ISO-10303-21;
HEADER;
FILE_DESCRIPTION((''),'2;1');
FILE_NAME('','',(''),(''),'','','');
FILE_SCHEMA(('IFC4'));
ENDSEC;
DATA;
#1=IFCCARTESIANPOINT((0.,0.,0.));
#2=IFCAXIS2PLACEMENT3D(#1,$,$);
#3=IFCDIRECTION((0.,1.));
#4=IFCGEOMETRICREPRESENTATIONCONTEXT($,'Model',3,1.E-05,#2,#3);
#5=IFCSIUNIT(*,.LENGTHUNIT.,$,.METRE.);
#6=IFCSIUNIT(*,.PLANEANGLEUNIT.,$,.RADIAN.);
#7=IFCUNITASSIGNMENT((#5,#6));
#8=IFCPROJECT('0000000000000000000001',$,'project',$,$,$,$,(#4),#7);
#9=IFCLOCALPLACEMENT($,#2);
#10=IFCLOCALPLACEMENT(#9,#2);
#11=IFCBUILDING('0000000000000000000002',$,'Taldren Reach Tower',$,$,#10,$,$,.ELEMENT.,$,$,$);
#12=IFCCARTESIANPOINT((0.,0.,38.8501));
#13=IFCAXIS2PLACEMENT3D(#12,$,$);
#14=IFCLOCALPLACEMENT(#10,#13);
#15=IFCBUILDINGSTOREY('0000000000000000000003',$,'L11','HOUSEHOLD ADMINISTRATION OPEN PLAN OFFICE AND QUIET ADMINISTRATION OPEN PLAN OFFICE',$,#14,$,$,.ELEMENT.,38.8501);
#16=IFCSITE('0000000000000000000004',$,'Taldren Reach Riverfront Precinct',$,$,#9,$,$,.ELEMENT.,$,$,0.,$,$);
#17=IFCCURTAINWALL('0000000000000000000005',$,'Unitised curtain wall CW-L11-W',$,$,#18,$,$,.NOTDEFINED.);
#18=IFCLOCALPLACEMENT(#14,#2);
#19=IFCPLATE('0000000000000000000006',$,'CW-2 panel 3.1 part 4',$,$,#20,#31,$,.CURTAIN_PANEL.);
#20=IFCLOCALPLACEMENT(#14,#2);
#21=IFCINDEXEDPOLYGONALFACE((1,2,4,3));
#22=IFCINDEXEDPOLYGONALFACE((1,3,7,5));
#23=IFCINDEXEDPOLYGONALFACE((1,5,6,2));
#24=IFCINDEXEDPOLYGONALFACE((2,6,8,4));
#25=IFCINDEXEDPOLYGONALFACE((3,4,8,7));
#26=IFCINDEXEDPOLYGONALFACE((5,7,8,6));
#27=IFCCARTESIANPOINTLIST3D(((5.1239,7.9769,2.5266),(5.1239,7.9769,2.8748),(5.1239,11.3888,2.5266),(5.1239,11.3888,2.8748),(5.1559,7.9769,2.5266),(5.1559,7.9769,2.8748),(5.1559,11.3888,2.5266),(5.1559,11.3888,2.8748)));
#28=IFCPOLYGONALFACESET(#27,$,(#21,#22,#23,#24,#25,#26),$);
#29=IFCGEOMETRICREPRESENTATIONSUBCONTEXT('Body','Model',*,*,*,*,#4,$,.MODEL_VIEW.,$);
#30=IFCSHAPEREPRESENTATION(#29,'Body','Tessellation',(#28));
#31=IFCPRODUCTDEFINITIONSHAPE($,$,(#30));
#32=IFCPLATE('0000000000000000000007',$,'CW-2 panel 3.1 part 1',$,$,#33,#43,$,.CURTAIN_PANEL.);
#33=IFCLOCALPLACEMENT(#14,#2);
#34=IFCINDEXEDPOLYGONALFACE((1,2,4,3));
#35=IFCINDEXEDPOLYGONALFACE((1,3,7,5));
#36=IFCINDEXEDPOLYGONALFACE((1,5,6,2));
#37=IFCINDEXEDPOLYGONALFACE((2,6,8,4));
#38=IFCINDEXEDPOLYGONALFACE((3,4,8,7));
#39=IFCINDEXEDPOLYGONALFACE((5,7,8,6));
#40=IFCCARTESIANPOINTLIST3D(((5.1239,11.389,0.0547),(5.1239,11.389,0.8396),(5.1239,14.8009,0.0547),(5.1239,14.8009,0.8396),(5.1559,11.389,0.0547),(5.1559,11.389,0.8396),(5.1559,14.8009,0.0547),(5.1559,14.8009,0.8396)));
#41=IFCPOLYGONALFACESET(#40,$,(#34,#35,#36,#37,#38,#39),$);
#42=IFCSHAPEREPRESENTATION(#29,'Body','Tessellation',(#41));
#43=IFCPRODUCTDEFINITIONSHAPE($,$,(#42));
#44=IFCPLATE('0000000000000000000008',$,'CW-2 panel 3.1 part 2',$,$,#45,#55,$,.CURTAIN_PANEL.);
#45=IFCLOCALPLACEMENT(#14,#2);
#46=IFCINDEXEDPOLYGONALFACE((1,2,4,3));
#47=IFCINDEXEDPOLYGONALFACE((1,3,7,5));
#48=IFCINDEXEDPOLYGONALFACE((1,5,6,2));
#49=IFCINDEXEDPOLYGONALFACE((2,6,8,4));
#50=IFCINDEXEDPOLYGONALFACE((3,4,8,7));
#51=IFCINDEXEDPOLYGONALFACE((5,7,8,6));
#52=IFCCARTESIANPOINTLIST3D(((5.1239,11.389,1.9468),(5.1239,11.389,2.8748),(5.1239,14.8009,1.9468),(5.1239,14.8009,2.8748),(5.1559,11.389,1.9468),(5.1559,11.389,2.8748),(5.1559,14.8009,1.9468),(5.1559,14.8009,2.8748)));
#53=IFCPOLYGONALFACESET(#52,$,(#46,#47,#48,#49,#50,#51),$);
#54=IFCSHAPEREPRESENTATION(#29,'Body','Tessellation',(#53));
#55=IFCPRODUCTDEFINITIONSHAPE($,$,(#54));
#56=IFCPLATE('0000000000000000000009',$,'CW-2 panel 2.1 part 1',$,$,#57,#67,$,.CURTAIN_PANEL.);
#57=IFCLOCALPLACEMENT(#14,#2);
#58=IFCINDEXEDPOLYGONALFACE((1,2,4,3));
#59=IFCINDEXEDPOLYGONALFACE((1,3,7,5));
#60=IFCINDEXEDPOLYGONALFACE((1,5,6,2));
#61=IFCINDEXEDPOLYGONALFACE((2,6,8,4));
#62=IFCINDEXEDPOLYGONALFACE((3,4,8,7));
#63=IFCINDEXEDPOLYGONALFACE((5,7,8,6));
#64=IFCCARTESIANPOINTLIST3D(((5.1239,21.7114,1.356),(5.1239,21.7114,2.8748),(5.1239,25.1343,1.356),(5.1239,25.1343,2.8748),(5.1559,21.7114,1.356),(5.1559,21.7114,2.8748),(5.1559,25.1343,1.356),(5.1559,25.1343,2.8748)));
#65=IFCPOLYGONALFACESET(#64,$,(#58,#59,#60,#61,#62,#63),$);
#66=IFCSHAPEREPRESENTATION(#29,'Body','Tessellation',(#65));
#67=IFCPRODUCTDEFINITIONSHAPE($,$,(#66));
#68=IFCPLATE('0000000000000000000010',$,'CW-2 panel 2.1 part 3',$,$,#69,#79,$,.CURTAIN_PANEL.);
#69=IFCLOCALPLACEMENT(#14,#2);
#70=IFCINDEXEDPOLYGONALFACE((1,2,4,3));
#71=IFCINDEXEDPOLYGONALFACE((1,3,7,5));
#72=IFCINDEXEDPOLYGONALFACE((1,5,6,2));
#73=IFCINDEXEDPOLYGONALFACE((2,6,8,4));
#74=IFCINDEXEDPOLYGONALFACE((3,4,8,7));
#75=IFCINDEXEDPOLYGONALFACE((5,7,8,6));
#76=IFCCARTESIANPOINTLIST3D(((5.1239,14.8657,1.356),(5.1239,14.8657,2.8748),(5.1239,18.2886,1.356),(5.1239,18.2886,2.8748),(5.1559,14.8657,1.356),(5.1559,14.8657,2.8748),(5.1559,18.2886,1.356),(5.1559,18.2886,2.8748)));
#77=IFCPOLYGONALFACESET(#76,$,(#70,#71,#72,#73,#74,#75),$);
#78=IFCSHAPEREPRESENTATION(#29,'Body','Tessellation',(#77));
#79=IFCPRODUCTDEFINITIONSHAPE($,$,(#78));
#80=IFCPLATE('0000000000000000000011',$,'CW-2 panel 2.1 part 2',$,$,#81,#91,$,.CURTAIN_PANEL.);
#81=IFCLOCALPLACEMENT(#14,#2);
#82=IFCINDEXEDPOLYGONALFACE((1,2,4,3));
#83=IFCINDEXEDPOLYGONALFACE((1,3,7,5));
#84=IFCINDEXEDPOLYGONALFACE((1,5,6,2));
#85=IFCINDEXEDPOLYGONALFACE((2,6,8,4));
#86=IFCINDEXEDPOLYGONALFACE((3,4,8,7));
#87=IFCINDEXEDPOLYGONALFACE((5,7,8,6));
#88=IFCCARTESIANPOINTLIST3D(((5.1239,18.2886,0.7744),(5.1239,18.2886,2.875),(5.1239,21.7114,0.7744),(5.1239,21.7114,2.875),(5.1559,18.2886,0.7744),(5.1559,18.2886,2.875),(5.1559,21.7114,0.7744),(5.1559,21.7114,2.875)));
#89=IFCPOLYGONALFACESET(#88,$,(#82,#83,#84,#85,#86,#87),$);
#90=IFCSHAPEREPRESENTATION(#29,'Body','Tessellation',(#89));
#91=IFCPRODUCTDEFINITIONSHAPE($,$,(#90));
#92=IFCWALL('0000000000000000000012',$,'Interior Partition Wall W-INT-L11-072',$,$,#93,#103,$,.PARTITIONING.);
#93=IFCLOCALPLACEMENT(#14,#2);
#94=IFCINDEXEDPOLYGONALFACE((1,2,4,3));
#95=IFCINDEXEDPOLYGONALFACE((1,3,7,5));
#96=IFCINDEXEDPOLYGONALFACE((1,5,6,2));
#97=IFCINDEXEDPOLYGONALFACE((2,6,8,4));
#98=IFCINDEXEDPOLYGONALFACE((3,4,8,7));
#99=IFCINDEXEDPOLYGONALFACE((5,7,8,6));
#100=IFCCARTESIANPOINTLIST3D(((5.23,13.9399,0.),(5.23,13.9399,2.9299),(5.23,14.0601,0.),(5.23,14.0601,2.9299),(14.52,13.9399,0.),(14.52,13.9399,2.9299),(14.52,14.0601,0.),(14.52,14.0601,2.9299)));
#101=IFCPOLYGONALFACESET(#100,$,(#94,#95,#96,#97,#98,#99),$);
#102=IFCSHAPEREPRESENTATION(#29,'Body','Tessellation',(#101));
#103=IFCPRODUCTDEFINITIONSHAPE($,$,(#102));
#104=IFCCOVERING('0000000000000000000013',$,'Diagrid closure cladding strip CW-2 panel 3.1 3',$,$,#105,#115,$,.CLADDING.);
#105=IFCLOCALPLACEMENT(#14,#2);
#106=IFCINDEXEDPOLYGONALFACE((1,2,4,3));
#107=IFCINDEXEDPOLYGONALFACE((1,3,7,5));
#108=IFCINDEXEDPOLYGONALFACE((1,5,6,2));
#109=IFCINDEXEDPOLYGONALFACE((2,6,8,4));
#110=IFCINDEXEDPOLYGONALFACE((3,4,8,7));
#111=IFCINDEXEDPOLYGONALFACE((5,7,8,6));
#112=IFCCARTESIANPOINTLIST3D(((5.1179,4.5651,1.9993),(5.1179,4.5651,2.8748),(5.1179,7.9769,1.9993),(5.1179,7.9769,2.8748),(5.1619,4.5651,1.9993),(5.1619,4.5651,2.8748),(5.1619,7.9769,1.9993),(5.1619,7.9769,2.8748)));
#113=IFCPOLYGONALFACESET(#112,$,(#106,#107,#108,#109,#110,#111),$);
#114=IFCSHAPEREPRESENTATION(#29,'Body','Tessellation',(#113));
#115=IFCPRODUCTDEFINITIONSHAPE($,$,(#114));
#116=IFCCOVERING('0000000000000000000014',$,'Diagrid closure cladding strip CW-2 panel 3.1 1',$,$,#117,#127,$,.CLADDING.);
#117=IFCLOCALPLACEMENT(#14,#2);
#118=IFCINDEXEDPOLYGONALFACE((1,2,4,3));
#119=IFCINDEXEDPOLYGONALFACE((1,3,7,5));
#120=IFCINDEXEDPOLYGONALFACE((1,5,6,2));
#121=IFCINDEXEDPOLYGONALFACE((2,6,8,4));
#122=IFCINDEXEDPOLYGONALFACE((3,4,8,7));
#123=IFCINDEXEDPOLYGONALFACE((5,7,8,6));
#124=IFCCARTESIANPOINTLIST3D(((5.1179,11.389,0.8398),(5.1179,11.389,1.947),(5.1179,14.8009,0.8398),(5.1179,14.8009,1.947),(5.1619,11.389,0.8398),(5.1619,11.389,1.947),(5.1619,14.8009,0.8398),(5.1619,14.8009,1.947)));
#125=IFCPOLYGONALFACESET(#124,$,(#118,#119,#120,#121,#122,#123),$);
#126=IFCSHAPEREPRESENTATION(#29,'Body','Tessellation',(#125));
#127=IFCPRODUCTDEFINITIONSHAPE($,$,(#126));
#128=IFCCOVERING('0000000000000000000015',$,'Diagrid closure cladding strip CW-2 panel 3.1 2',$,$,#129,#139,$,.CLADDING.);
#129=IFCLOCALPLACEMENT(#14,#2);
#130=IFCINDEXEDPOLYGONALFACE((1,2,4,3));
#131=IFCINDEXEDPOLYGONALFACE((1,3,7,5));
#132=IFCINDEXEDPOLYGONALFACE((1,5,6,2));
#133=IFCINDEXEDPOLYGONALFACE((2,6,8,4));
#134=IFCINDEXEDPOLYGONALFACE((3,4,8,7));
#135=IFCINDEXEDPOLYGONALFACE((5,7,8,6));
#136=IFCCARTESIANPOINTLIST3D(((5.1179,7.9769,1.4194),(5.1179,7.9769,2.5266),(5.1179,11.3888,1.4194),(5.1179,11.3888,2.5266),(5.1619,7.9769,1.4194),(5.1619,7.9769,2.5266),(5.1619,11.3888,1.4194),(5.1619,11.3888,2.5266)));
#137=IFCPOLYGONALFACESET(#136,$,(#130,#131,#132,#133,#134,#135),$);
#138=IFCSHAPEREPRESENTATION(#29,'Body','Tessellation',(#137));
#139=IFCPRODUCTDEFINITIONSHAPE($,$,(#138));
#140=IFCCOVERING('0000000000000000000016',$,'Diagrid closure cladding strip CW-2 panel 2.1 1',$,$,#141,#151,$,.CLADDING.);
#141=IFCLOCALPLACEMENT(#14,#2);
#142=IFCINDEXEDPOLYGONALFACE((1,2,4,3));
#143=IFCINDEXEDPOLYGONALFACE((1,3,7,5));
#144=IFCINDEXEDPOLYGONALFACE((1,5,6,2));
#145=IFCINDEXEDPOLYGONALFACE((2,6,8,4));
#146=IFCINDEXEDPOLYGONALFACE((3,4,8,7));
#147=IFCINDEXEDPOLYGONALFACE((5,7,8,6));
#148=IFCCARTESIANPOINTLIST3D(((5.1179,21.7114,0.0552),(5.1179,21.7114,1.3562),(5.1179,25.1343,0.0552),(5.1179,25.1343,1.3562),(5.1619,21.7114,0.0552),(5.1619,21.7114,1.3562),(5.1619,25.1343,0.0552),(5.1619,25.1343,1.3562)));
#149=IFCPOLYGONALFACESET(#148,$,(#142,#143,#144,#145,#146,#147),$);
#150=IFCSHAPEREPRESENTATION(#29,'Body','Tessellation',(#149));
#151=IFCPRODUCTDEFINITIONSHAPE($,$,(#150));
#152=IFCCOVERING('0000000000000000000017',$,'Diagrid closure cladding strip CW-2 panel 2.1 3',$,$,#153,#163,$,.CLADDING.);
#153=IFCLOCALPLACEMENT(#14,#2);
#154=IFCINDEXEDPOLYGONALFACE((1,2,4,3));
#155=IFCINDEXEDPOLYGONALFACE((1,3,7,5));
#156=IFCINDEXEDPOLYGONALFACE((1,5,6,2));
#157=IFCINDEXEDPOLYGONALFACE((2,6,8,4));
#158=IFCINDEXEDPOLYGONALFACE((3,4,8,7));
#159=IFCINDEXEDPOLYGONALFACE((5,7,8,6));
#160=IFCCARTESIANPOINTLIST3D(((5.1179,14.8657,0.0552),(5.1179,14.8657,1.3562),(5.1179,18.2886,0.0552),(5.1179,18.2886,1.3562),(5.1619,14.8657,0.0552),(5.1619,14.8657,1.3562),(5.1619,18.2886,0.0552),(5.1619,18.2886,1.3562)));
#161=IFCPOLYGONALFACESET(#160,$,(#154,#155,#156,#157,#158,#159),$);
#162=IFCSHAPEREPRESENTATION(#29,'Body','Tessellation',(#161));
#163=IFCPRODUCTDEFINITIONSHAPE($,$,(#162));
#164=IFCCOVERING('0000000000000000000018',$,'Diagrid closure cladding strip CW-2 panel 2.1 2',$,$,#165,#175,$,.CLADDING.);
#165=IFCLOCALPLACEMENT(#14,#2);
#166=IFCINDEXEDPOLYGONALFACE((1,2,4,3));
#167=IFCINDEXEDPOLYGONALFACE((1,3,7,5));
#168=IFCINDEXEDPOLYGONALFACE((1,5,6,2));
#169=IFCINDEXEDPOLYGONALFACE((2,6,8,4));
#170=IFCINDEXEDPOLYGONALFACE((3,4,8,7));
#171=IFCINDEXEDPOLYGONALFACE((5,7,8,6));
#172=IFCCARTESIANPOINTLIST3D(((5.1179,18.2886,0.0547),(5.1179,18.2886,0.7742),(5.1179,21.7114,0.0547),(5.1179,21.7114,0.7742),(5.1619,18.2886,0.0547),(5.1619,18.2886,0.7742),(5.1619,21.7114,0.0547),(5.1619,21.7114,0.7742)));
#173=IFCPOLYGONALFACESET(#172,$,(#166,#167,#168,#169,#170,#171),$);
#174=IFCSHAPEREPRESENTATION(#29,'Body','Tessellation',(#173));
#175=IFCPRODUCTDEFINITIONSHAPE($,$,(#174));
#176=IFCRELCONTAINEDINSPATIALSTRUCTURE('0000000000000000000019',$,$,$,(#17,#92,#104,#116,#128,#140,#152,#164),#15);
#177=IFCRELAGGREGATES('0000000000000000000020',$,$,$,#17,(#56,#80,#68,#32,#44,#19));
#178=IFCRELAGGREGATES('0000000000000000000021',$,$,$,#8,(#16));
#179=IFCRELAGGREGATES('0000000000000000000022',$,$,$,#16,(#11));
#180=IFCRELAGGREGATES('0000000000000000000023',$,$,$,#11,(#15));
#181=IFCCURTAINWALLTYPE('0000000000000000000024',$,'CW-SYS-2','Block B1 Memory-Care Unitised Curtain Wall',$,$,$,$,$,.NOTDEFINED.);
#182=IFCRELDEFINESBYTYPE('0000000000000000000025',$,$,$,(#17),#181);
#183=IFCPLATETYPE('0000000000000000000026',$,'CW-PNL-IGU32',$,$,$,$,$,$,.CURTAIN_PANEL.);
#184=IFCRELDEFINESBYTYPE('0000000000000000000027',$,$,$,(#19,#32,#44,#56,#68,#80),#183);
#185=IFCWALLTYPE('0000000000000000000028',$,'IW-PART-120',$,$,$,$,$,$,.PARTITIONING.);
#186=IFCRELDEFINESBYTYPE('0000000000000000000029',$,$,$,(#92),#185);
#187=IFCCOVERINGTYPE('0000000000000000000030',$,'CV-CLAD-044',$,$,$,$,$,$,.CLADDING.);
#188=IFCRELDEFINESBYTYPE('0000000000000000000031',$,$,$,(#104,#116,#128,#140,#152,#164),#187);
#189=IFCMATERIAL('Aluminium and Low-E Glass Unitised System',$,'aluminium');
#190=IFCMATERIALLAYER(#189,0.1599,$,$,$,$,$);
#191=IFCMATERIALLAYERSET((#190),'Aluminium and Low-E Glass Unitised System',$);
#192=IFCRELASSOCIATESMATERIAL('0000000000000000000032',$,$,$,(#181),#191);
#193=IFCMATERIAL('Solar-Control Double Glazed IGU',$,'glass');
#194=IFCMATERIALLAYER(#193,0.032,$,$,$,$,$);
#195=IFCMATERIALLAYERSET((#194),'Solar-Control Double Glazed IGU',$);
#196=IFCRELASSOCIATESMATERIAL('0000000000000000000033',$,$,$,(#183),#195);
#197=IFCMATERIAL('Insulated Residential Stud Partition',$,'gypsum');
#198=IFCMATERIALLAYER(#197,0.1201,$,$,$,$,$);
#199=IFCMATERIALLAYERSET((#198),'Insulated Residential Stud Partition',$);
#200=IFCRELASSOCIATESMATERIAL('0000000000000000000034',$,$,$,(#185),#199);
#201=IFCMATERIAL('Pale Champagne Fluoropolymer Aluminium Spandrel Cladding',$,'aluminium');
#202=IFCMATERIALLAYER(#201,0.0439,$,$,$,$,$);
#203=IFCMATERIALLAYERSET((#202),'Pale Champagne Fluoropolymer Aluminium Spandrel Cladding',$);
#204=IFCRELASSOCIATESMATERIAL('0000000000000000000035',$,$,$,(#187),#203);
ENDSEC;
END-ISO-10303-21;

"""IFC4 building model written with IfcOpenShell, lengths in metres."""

from ifc_helpers import new_model, si_unit, direction, frame, frame_2d, origin, origin_2d, place, context, subcontext, project, spatial, rectangle, extrude, source, transform, mapped, material, layer, layer_set, type_object, element, aggregate, save


model = new_model("IFC4")

# Units and contexts
model_context = context("Model", 3, precision=1e-05, world=origin(), true_north=direction((0.0, 1.0)))
body_context = subcontext(model_context, "Body", "Model", "MODEL_VIEW")
ifc_project = project(units=[si_unit("LENGTHUNIT", "METRE"), si_unit("PLANEANGLEUNIT", "RADIAN")], contexts=[model_context])

# Site, building, storey
site_placement = place(None, origin())
site = spatial("IfcSite", under=ifc_project, at=site_placement, Name="Taldren Reach Riverfront Precinct", CompositionType="ELEMENT", RefElevation=0.0)
building_placement = place(site_placement, origin())
building = spatial("IfcBuilding", under=site, at=building_placement, Name="Taldren Reach Tower", CompositionType="ELEMENT")
storey_placement = place(building_placement, frame((0.0, 0.0, 38.8501)))
storey = spatial("IfcBuildingStorey", under=building, at=storey_placement, Name="L11", Description="HOUSEHOLD ADMINISTRATION OPEN PLAN OFFICE AND QUIET ADMINISTRATION OPEN PLAN OFFICE", CompositionType="ELEMENT", Elevation=38.8501)

# Curtain wall
ifc_material_1 = material(Name="Aluminium and Low-E Glass Unitised System", Category="aluminium")
ifc_layer_1 = layer(ifc_material_1, 0.1599)
ifc_layer_set_1 = layer_set([ifc_layer_1], Name="Aluminium and Low-E Glass Unitised System")
curtain_wall_type = type_object("IfcCurtainWallType", Name="CW-SYS-2", Description="Block B1 Memory-Care Unitised Curtain Wall", PredefinedType="NOTDEFINED", material=ifc_layer_set_1)
curtain_wall_placement = place(storey_placement, origin())
curtain_wall = element("IfcCurtainWall", 1, at=curtain_wall_placement, inside=storey, type_object=curtain_wall_type, Name="Unitised curtain wall CW-L11-W", PredefinedType="NOTDEFINED")

# Plates
ifc_material_2 = material(Name="Solar-Control Double Glazed IGU", Category="glass")
ifc_layer_2 = layer(ifc_material_2, 0.032)
ifc_layer_set_2 = layer_set([ifc_layer_2], Name="Solar-Control Double Glazed IGU")
plate_type_1 = type_object("IfcPlateType", Name="CW-PNL-IGU32", PredefinedType="CURTAIN_PANEL", material=ifc_layer_set_2)
shared_shape_1 = source(origin(), body_context, "Body", "SweptSolid", [
    extrude(rectangle(XDim=3.4119, YDim=0.032, at=origin_2d()), origin(), (0.0, 0.0, 1.0), 0.3481),
])
plate_1_placement = place(storey_placement, frame((5.1399, 9.6829, 2.5266), z_axis=(0.0, 0.0, 1.0), x_axis=(0.0, -1.0, 0.0)))
plate_1 = element("IfcPlate", 2, at=plate_1_placement, type_object=plate_type_1, Name="CW-2 panel 3.1 part 4", PredefinedType="CURTAIN_PANEL", context=body_context, shape_type="MappedRepresentation", body=[
    mapped(shared_shape_1, transform((0.0, 0.0, 0.0), scale=1.0)),
])
shared_shape_2 = source(origin(), body_context, "Body", "SweptSolid", [
    extrude(rectangle(XDim=3.4119, YDim=0.032, at=origin_2d()), origin(), (0.0, 0.0, 1.0), 0.7849),
])
plate_2_placement = place(storey_placement, frame((5.1399, 13.095, 0.0547), z_axis=(0.0, 0.0, 1.0), x_axis=(0.0, -1.0, 0.0)))
plate_2 = element("IfcPlate", 3, at=plate_2_placement, type_object=plate_type_1, Name="CW-2 panel 3.1 part 1", PredefinedType="CURTAIN_PANEL", context=body_context, shape_type="MappedRepresentation", body=[
    mapped(shared_shape_2, transform((0.0, 0.0, 0.0), scale=1.0)),
])
shared_shape_3 = source(origin(), body_context, "Body", "SweptSolid", [
    extrude(rectangle(XDim=3.4119, YDim=0.032, at=origin_2d()), origin(), (0.0, 0.0, 1.0), 0.928),
])
plate_3_placement = place(storey_placement, frame((5.1399, 13.095, 1.9468), z_axis=(0.0, 0.0, 1.0), x_axis=(0.0, -1.0, 0.0)))
plate_3 = element("IfcPlate", 4, at=plate_3_placement, type_object=plate_type_1, Name="CW-2 panel 3.1 part 2", PredefinedType="CURTAIN_PANEL", context=body_context, shape_type="MappedRepresentation", body=[
    mapped(shared_shape_3, transform((0.0, 0.0, 0.0), scale=1.0)),
])
shared_shape_4 = source(origin(), body_context, "Body", "SweptSolid", [
    extrude(rectangle(XDim=3.4229, YDim=0.032, at=origin_2d()), origin(), (0.0, 0.0, 1.0), 1.5188),
])
plate_4_placement = place(storey_placement, frame((5.1399, 23.4229, 1.356), z_axis=(0.0, 0.0, 1.0), x_axis=(0.0, -1.0, 0.0)))
plate_4 = element("IfcPlate", 5, at=plate_4_placement, type_object=plate_type_1, Name="CW-2 panel 2.1 part 1", PredefinedType="CURTAIN_PANEL", context=body_context, shape_type="MappedRepresentation", body=[
    mapped(shared_shape_4, transform((0.0, 0.0, 0.0), scale=1.0)),
])
plate_5_placement = place(storey_placement, frame((5.1399, 16.5771, 1.356), z_axis=(0.0, 0.0, 1.0), x_axis=(0.0, -1.0, 0.0)))
plate_5 = element("IfcPlate", 6, at=plate_5_placement, type_object=plate_type_1, Name="CW-2 panel 2.1 part 3", PredefinedType="CURTAIN_PANEL", context=body_context, shape_type="MappedRepresentation", body=[
    mapped(shared_shape_4, transform((0.0, 0.0, 0.0), scale=1.0)),
])
shared_shape_5 = source(origin(), body_context, "Body", "SweptSolid", [
    extrude(rectangle(XDim=3.4229, YDim=0.032, at=origin_2d()), origin(), (0.0, 0.0, 1.0), 2.1006),
])
plate_6_placement = place(storey_placement, frame((5.1399, 20.0, 0.7744), z_axis=(0.0, 0.0, 1.0), x_axis=(0.0, -1.0, 0.0)))
plate_6 = element("IfcPlate", 7, at=plate_6_placement, type_object=plate_type_1, Name="CW-2 panel 2.1 part 2", PredefinedType="CURTAIN_PANEL", context=body_context, shape_type="MappedRepresentation", body=[
    mapped(shared_shape_5, transform((0.0, 0.0, 0.0), scale=1.0)),
])
aggregate(curtain_wall, [plate_4, plate_6, plate_5, plate_2, plate_3, plate_1])

# Wall
ifc_material_3 = material(Name="Insulated Residential Stud Partition", Category="gypsum")
ifc_layer_3 = layer(ifc_material_3, 0.1201)
ifc_layer_set_3 = layer_set([ifc_layer_3], Name="Insulated Residential Stud Partition")
wall_type = type_object("IfcWallType", Name="IW-PART-120", PredefinedType="PARTITIONING", material=ifc_layer_set_3)
shared_shape_6 = source(origin(), body_context, "Body", "SweptSolid", [
    extrude(rectangle(XDim=9.29, YDim=0.1201, at=frame_2d((4.645, 0.0))), origin(), (0.0, 0.0, 1.0), 2.9299),
])
wall_placement = place(storey_placement, frame((5.23, 14.0, 0.0), z_axis=(0.0, 0.0, 1.0), x_axis=(1.0, 0.0, 0.0)))
element("IfcWall", 8, at=wall_placement, inside=storey, type_object=wall_type, Name="Interior Partition Wall W-INT-L11-072", PredefinedType="PARTITIONING", context=body_context, shape_type="MappedRepresentation", body=[
    mapped(shared_shape_6, transform((0.0, 0.0, 0.0), scale=1.0)),
])

# Coverings
ifc_material_4 = material(Name="Pale Champagne Fluoropolymer Aluminium Spandrel Cladding", Category="aluminium")
ifc_layer_4 = layer(ifc_material_4, 0.0439)
ifc_layer_set_4 = layer_set([ifc_layer_4], Name="Pale Champagne Fluoropolymer Aluminium Spandrel Cladding")
covering_type = type_object("IfcCoveringType", Name="CV-CLAD-044", PredefinedType="CLADDING", material=ifc_layer_set_4)
shared_shape_7 = source(origin(), body_context, "Body", "SweptSolid", [
    extrude(rectangle(XDim=3.4119, YDim=0.0439, at=origin_2d()), origin(), (0.0, 0.0, 1.0), 0.8755),
])
covering_1_placement = place(storey_placement, frame((5.1399, 6.271, 1.9993), z_axis=(0.0, 0.0, 1.0), x_axis=(0.0, -1.0, 0.0)))
element("IfcCovering", 9, at=covering_1_placement, inside=storey, type_object=covering_type, Name="Diagrid closure cladding strip CW-2 panel 3.1 3", PredefinedType="CLADDING", context=body_context, shape_type="MappedRepresentation", body=[
    mapped(shared_shape_7, transform((0.0, 0.0, 0.0), scale=1.0)),
])
shared_shape_8 = source(origin(), body_context, "Body", "SweptSolid", [
    extrude(rectangle(XDim=3.4119, YDim=0.0439, at=origin_2d()), origin(), (0.0, 0.0, 1.0), 1.1072),
])
for number, where, z_axis, x_axis, name in (
    (10, (5.1399, 13.095, 0.8398), (0.0, 0.0, 1.0), (0.0, -1.0, 0.0), "Diagrid closure cladding strip CW-2 panel 3.1 1"),
    (11, (5.1399, 9.6829, 1.4194), (0.0, 0.0, 1.0), (0.0, -1.0, 0.0), "Diagrid closure cladding strip CW-2 panel 3.1 2"),
):
    element("IfcCovering", number, at=place(storey_placement, frame(where, z_axis=z_axis, x_axis=x_axis)), inside=storey, type_object=covering_type, Name=name, PredefinedType="CLADDING", context=body_context, shape_type="MappedRepresentation", body=[
        mapped(shared_shape_8, transform((0.0, 0.0, 0.0), scale=1.0)),
    ])
shared_shape_9 = source(origin(), body_context, "Body", "SweptSolid", [
    extrude(rectangle(XDim=3.4229, YDim=0.0439, at=origin_2d()), origin(), (0.0, 0.0, 1.0), 1.301),
])
for number, where, z_axis, x_axis, name in (
    (12, (5.1399, 23.4229, 0.0552), (0.0, 0.0, 1.0), (0.0, -1.0, 0.0), "Diagrid closure cladding strip CW-2 panel 2.1 1"),
    (13, (5.1399, 16.5771, 0.0552), (0.0, 0.0, 1.0), (0.0, -1.0, 0.0), "Diagrid closure cladding strip CW-2 panel 2.1 3"),
):
    element("IfcCovering", number, at=place(storey_placement, frame(where, z_axis=z_axis, x_axis=x_axis)), inside=storey, type_object=covering_type, Name=name, PredefinedType="CLADDING", context=body_context, shape_type="MappedRepresentation", body=[
        mapped(shared_shape_9, transform((0.0, 0.0, 0.0), scale=1.0)),
    ])
shared_shape_10 = source(origin(), body_context, "Body", "SweptSolid", [
    extrude(rectangle(XDim=3.4229, YDim=0.0439, at=origin_2d()), origin(), (0.0, 0.0, 1.0), 0.7195),
])
covering_2_placement = place(storey_placement, frame((5.1399, 20.0, 0.0547), z_axis=(0.0, 0.0, 1.0), x_axis=(0.0, -1.0, 0.0)))
element("IfcCovering", 14, at=covering_2_placement, inside=storey, type_object=covering_type, Name="Diagrid closure cladding strip CW-2 panel 2.1 2", PredefinedType="CLADDING", context=body_context, shape_type="MappedRepresentation", body=[
    mapped(shared_shape_10, transform((0.0, 0.0, 0.0), scale=1.0)),
])

save(model, "model.ifc")
